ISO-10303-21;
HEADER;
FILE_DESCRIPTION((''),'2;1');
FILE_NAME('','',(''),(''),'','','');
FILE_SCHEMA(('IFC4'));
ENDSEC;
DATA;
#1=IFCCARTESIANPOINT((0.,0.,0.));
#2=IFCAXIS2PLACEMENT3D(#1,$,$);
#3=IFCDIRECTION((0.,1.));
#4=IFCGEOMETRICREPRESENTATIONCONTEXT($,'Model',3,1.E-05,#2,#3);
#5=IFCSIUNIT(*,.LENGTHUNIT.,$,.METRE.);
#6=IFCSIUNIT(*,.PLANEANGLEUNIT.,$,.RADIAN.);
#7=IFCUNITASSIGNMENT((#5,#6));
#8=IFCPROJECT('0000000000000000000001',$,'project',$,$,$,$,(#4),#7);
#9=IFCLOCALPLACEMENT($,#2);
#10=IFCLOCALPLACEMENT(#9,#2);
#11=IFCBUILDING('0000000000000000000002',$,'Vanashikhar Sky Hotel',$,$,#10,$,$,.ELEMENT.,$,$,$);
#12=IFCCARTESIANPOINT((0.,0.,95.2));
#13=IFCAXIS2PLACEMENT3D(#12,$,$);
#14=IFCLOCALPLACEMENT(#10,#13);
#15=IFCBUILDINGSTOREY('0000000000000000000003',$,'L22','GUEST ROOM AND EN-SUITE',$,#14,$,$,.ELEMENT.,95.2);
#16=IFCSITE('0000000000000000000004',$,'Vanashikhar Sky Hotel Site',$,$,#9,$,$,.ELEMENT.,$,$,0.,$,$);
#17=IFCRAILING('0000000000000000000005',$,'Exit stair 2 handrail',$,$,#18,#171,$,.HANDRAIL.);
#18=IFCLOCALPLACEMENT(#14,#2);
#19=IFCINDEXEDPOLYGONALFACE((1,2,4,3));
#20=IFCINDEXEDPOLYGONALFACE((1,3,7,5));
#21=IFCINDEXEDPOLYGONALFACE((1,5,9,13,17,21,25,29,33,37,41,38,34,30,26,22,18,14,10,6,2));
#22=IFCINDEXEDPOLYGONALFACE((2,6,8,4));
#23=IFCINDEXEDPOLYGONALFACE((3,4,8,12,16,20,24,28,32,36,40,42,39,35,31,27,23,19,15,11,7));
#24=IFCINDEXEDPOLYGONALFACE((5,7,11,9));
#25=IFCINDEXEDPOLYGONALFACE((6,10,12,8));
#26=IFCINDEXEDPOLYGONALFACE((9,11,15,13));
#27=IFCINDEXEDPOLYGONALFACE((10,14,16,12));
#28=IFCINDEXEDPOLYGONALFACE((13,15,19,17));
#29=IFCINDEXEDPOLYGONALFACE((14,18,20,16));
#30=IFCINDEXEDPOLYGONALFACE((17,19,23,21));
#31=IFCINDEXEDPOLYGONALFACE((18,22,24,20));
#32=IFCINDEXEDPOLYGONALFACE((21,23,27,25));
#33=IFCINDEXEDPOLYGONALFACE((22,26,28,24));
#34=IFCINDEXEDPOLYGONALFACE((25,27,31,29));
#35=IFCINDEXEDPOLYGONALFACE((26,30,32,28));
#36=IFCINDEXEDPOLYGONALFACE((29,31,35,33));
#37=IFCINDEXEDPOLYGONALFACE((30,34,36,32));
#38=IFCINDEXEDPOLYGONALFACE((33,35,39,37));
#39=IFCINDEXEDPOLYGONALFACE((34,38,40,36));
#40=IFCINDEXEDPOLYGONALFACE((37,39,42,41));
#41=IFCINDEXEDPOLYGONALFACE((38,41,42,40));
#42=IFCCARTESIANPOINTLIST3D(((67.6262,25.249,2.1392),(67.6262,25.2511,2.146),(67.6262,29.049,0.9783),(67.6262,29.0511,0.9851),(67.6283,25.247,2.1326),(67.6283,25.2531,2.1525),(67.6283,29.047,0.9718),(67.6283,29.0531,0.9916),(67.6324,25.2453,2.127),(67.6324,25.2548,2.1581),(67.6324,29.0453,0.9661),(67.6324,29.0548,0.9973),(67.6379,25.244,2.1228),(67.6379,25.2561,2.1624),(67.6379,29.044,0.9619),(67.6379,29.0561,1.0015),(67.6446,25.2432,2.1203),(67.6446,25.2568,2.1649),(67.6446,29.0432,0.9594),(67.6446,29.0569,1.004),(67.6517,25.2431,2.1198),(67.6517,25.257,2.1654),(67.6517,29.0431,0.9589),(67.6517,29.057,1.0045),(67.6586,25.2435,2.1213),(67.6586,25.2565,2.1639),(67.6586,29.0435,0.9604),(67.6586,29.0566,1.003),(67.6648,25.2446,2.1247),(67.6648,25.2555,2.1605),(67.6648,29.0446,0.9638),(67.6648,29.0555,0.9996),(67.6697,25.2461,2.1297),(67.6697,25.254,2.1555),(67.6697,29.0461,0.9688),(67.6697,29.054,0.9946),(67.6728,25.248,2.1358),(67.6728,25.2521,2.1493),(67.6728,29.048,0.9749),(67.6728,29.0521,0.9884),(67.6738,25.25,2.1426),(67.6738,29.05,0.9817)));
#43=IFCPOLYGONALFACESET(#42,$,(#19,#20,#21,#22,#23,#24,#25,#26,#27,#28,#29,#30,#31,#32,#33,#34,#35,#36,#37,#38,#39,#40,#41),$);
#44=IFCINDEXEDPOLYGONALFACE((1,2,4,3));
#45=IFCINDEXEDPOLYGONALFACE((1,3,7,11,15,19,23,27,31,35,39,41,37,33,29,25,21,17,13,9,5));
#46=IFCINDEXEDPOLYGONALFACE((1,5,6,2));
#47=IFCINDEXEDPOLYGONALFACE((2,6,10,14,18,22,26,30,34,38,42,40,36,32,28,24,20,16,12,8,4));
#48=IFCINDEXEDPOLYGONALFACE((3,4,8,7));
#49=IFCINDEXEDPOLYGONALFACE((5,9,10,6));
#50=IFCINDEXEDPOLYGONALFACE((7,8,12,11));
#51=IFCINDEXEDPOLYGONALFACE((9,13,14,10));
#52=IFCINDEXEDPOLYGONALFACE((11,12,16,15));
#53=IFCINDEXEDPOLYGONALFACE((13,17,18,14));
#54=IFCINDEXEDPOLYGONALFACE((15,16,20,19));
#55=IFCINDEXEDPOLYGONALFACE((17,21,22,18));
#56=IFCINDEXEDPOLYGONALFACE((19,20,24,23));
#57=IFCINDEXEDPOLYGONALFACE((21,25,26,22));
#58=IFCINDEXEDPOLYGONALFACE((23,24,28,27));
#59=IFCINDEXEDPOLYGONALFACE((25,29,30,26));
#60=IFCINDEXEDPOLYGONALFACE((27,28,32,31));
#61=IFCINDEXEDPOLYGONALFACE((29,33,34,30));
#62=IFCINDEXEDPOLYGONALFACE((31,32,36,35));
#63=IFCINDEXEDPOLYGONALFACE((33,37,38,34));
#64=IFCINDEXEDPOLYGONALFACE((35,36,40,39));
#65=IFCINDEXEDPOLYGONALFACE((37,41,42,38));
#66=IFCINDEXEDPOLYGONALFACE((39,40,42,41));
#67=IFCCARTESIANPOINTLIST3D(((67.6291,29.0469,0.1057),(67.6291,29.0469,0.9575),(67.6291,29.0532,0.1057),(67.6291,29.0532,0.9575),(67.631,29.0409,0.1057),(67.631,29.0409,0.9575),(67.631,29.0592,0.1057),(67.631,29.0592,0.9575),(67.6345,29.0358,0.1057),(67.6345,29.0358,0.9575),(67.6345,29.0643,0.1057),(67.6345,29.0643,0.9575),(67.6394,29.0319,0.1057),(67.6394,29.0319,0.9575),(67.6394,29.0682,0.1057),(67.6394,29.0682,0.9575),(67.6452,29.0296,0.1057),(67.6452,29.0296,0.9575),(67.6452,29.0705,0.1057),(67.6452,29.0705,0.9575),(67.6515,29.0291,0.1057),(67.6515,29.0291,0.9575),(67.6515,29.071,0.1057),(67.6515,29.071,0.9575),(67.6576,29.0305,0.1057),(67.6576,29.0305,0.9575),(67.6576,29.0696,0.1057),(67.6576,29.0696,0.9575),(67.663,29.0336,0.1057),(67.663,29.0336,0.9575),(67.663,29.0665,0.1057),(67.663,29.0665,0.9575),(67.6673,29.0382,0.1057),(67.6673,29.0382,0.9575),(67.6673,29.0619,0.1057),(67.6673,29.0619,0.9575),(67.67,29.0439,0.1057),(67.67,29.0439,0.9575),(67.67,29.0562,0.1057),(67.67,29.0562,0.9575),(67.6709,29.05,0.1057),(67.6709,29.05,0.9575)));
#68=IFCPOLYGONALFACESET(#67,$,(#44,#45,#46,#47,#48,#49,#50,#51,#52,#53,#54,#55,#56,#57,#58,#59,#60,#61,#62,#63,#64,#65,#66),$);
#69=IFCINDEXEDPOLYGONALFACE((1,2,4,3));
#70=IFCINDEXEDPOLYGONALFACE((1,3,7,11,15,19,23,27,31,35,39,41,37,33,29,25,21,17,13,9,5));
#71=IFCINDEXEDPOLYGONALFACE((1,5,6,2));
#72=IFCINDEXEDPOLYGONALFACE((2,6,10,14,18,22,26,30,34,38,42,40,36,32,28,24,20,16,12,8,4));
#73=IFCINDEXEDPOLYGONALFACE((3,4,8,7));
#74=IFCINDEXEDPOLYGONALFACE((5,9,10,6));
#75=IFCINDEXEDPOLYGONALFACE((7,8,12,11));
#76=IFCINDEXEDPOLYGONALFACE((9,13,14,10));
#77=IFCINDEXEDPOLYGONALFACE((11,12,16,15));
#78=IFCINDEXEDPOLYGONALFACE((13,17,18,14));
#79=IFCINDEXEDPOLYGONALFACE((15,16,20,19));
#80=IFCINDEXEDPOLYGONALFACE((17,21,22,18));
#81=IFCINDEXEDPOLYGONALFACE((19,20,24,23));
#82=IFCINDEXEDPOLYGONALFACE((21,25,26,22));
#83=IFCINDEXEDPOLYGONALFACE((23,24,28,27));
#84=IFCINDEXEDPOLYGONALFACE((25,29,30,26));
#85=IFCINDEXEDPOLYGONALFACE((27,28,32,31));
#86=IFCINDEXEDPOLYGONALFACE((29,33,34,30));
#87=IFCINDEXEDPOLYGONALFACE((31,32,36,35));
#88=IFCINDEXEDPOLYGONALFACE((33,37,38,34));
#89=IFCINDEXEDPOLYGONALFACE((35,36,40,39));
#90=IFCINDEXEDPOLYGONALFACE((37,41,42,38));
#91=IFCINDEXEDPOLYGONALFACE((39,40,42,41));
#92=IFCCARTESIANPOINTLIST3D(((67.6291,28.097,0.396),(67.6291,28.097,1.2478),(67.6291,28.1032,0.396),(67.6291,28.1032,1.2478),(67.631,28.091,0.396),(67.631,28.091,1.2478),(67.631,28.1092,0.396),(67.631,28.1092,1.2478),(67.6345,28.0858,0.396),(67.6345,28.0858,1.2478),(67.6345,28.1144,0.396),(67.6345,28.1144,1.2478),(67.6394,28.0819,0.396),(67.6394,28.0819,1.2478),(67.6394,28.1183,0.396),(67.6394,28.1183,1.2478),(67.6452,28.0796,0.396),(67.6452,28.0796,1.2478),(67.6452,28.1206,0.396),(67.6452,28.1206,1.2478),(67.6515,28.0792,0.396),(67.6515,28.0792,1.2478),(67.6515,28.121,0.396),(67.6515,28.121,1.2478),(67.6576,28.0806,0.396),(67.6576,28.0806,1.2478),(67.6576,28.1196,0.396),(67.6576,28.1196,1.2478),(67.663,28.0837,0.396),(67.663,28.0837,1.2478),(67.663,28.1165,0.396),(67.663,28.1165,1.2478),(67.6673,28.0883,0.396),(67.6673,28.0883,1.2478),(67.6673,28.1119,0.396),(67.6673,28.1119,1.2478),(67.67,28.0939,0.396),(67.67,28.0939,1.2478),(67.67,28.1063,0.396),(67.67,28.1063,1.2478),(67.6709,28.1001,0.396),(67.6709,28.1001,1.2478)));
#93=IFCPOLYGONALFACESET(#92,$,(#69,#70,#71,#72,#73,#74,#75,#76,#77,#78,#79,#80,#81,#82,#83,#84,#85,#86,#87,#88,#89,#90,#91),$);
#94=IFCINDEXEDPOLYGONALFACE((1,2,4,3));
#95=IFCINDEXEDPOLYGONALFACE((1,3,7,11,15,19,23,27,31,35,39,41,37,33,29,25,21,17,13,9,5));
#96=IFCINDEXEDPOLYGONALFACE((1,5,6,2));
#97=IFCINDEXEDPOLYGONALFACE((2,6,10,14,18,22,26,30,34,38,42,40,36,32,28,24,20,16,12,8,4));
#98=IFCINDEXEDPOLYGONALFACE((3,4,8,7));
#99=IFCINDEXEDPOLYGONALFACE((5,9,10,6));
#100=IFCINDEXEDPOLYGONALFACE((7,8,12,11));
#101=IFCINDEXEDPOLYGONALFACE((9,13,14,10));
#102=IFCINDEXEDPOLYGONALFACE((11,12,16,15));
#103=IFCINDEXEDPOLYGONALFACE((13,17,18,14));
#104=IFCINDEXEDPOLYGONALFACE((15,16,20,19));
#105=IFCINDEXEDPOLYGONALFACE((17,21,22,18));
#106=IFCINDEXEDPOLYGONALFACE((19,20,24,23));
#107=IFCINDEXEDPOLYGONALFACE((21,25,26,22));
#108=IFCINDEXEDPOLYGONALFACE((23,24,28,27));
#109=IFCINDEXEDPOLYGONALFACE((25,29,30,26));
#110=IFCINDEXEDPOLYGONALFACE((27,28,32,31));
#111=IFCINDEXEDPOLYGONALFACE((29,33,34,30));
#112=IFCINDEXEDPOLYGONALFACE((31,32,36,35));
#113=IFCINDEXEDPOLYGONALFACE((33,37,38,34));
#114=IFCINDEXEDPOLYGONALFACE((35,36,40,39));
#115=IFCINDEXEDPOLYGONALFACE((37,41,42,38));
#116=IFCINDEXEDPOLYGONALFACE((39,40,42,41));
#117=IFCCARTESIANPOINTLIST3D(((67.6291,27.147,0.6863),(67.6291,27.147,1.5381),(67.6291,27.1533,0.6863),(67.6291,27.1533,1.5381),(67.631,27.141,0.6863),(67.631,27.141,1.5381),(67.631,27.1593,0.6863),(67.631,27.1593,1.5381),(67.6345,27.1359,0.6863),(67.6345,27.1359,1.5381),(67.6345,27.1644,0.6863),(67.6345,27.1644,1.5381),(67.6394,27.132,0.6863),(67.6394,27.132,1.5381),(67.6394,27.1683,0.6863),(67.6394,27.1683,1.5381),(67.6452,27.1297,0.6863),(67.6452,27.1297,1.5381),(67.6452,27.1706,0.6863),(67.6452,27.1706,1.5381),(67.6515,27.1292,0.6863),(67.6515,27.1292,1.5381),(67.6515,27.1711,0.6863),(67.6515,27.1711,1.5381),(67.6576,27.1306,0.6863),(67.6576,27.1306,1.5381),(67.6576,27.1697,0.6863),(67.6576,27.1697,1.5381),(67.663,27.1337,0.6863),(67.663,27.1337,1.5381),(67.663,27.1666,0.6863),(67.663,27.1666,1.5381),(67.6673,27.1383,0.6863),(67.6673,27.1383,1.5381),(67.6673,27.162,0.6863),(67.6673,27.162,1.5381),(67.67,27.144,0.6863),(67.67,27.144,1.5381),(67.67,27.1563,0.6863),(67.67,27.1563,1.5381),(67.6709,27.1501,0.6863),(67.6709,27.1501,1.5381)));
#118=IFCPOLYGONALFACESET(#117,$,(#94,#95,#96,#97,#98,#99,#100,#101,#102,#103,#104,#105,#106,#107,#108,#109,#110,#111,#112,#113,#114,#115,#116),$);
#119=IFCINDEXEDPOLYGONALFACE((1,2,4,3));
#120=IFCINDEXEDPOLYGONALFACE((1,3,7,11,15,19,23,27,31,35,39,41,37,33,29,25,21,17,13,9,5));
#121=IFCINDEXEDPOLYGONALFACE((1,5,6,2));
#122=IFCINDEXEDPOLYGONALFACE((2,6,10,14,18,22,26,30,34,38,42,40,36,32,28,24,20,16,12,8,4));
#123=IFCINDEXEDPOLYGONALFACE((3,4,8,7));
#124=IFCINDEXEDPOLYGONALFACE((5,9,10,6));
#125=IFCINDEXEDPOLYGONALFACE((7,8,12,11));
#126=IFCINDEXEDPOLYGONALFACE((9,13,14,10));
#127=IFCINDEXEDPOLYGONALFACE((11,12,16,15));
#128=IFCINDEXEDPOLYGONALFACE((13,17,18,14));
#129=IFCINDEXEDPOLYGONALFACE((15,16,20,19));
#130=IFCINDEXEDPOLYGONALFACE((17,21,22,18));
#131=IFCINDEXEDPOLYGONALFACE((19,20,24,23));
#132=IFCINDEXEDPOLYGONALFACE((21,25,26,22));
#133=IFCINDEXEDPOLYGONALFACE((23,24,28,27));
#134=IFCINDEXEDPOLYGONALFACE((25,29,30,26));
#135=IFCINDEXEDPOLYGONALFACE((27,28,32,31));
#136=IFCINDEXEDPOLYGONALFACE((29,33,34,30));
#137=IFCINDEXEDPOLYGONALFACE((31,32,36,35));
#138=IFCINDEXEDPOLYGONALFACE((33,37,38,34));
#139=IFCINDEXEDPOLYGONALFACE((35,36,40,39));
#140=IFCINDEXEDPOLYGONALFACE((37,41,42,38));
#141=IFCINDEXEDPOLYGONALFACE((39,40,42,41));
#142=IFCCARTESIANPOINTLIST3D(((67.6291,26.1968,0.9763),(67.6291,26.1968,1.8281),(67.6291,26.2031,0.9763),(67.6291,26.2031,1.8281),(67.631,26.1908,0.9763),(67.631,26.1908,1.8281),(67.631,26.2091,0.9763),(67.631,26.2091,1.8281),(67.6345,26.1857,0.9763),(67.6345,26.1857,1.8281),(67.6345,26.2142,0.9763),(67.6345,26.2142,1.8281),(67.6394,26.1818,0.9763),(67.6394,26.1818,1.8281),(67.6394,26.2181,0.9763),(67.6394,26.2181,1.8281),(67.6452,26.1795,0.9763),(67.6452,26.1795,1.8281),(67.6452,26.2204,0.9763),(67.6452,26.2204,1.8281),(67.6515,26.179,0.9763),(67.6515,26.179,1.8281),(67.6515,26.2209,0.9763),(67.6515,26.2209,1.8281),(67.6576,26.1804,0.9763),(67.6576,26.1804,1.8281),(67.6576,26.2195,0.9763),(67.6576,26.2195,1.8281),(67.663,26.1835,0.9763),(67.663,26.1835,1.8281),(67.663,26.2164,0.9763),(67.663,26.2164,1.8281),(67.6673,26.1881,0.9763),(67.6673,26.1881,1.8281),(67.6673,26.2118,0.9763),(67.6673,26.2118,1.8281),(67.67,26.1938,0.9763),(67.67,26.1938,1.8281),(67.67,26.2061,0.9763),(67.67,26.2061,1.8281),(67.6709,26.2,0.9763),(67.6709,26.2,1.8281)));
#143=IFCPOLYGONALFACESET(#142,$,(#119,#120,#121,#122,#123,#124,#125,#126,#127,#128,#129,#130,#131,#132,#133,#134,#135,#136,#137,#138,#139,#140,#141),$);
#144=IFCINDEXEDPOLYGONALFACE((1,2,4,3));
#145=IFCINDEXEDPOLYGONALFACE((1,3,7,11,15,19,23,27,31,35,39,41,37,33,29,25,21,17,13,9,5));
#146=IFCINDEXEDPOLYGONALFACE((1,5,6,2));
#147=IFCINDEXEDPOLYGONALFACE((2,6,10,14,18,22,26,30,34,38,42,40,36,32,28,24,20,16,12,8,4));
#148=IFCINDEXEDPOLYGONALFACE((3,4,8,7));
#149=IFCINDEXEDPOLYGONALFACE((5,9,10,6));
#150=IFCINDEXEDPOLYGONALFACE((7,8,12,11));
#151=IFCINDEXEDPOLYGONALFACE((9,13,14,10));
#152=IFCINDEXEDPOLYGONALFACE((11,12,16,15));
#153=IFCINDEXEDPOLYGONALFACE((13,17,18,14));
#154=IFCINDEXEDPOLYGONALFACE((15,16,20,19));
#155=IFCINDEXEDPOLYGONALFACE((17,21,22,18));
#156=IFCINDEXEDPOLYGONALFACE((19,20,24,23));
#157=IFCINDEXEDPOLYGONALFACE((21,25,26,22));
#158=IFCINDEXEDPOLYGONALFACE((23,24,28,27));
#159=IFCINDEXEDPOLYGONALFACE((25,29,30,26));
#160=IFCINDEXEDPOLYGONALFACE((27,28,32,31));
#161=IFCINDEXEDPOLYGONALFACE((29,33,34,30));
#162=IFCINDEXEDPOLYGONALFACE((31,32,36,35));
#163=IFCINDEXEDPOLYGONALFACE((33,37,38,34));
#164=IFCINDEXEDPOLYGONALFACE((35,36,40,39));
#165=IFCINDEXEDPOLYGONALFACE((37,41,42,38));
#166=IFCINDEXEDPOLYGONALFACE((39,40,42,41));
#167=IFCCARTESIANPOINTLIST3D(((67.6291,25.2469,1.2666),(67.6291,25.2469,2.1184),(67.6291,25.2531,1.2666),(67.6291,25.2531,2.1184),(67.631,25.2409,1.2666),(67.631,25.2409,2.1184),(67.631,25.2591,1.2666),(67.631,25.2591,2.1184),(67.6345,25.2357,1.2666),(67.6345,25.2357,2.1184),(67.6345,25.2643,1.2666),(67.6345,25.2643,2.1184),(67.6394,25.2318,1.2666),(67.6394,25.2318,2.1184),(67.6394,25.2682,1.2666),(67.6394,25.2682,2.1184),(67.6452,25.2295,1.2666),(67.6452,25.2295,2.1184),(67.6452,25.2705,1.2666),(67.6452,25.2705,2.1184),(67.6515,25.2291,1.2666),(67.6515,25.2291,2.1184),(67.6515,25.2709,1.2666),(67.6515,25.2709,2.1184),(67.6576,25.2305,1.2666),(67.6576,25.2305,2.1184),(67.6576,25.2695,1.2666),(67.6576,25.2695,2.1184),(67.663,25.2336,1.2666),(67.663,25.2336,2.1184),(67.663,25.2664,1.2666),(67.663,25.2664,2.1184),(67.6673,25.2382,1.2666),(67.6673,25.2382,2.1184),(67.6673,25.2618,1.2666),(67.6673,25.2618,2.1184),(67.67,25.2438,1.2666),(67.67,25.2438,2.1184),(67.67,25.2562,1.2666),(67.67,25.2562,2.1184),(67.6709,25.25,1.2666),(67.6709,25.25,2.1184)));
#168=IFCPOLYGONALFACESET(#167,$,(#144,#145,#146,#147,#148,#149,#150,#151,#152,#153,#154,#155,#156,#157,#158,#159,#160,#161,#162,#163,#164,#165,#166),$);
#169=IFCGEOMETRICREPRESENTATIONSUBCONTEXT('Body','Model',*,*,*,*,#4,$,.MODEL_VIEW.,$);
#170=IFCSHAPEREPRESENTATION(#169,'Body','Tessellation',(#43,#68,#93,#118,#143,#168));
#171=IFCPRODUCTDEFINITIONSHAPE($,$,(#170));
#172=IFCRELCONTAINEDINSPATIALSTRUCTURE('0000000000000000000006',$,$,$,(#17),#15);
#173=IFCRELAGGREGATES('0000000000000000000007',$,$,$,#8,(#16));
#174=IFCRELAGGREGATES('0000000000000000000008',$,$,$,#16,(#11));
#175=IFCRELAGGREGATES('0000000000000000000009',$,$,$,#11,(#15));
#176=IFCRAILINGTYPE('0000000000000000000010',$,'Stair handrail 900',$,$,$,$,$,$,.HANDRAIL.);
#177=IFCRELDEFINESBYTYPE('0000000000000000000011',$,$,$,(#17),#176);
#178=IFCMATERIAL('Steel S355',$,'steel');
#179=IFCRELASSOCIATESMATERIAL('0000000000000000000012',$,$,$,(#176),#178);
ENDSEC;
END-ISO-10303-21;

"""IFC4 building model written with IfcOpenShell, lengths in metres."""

from ifc_helpers import new_model, si_unit, direction, frame, origin, origin_2d, place, context, subcontext, project, spatial, circle, extrude, source, transform, mapped, material, type_object, element, save


model = new_model("IFC4")

# Units and contexts
model_context = context("Model", 3, precision=1e-05, world=origin(), true_north=direction((0.0, 1.0)))
body_context = subcontext(model_context, "Body", "Model", "MODEL_VIEW")
ifc_project = project(units=[si_unit("LENGTHUNIT", "METRE"), si_unit("PLANEANGLEUNIT", "RADIAN")], contexts=[model_context])

# Site, building, storey
site_placement = place(None, origin())
site = spatial("IfcSite", under=ifc_project, at=site_placement, Name="Vanashikhar Sky Hotel Site", CompositionType="ELEMENT", RefElevation=0.0)
building_placement = place(site_placement, origin())
building = spatial("IfcBuilding", under=site, at=building_placement, Name="Vanashikhar Sky Hotel", CompositionType="ELEMENT")
storey_placement = place(building_placement, frame((0.0, 0.0, 95.2)))
storey = spatial("IfcBuildingStorey", under=building, at=storey_placement, Name="L22", Description="GUEST ROOM AND EN-SUITE", CompositionType="ELEMENT", Elevation=95.2)

# Railing
ifc_material_1 = material(Name="Steel S355", Category="steel")
railing_type_1 = type_object("IfcRailingType", Name="Stair handrail 900", PredefinedType="HANDRAIL", material=ifc_material_1)
shared_shape_1 = source(origin(), body_context, "Body", "SweptSolid", [
    extrude(circle(Radius=0.0239, at=origin_2d()), frame((0.0, 0.0, 0.876), z_axis=(0.0, -0.956368, 0.292164), x_axis=(1.0, 0.0, 0.0)), (0.0, 0.0, 1.0), 3.9734),
    extrude(circle(Radius=0.021, at=origin_2d()), origin(), (0.0, 0.0, 1.0), 0.8518),
    extrude(circle(Radius=0.021, at=origin_2d()), frame((0.0, -0.95, 0.2903)), (0.0, 0.0, 1.0), 0.8518),
    extrude(circle(Radius=0.021, at=origin_2d()), frame((0.0, -1.8999, 0.5806)), (0.0, 0.0, 1.0), 0.8518),
    extrude(circle(Radius=0.021, at=origin_2d()), frame((0.0, -2.8501, 0.8706)), (0.0, 0.0, 1.0), 0.8518),
    extrude(circle(Radius=0.021, at=origin_2d()), frame((0.0, -3.8, 1.1609)), (0.0, 0.0, 1.0), 0.8518),
])
for number, where, name in (
    (1, (67.6499, 29.05, 0.1057), "Exit stair 2 handrail"),
):
    element("IfcRailing", number, at=place(storey_placement, frame(where)), inside=storey, type_object=railing_type_1, Name=name, PredefinedType="HANDRAIL", context=body_context, shape_type="MappedRepresentation", body=[
        mapped(shared_shape_1, transform((0.0, 0.0, 0.0), scale=1.0)),
    ])

save(model, "model.ifc")
